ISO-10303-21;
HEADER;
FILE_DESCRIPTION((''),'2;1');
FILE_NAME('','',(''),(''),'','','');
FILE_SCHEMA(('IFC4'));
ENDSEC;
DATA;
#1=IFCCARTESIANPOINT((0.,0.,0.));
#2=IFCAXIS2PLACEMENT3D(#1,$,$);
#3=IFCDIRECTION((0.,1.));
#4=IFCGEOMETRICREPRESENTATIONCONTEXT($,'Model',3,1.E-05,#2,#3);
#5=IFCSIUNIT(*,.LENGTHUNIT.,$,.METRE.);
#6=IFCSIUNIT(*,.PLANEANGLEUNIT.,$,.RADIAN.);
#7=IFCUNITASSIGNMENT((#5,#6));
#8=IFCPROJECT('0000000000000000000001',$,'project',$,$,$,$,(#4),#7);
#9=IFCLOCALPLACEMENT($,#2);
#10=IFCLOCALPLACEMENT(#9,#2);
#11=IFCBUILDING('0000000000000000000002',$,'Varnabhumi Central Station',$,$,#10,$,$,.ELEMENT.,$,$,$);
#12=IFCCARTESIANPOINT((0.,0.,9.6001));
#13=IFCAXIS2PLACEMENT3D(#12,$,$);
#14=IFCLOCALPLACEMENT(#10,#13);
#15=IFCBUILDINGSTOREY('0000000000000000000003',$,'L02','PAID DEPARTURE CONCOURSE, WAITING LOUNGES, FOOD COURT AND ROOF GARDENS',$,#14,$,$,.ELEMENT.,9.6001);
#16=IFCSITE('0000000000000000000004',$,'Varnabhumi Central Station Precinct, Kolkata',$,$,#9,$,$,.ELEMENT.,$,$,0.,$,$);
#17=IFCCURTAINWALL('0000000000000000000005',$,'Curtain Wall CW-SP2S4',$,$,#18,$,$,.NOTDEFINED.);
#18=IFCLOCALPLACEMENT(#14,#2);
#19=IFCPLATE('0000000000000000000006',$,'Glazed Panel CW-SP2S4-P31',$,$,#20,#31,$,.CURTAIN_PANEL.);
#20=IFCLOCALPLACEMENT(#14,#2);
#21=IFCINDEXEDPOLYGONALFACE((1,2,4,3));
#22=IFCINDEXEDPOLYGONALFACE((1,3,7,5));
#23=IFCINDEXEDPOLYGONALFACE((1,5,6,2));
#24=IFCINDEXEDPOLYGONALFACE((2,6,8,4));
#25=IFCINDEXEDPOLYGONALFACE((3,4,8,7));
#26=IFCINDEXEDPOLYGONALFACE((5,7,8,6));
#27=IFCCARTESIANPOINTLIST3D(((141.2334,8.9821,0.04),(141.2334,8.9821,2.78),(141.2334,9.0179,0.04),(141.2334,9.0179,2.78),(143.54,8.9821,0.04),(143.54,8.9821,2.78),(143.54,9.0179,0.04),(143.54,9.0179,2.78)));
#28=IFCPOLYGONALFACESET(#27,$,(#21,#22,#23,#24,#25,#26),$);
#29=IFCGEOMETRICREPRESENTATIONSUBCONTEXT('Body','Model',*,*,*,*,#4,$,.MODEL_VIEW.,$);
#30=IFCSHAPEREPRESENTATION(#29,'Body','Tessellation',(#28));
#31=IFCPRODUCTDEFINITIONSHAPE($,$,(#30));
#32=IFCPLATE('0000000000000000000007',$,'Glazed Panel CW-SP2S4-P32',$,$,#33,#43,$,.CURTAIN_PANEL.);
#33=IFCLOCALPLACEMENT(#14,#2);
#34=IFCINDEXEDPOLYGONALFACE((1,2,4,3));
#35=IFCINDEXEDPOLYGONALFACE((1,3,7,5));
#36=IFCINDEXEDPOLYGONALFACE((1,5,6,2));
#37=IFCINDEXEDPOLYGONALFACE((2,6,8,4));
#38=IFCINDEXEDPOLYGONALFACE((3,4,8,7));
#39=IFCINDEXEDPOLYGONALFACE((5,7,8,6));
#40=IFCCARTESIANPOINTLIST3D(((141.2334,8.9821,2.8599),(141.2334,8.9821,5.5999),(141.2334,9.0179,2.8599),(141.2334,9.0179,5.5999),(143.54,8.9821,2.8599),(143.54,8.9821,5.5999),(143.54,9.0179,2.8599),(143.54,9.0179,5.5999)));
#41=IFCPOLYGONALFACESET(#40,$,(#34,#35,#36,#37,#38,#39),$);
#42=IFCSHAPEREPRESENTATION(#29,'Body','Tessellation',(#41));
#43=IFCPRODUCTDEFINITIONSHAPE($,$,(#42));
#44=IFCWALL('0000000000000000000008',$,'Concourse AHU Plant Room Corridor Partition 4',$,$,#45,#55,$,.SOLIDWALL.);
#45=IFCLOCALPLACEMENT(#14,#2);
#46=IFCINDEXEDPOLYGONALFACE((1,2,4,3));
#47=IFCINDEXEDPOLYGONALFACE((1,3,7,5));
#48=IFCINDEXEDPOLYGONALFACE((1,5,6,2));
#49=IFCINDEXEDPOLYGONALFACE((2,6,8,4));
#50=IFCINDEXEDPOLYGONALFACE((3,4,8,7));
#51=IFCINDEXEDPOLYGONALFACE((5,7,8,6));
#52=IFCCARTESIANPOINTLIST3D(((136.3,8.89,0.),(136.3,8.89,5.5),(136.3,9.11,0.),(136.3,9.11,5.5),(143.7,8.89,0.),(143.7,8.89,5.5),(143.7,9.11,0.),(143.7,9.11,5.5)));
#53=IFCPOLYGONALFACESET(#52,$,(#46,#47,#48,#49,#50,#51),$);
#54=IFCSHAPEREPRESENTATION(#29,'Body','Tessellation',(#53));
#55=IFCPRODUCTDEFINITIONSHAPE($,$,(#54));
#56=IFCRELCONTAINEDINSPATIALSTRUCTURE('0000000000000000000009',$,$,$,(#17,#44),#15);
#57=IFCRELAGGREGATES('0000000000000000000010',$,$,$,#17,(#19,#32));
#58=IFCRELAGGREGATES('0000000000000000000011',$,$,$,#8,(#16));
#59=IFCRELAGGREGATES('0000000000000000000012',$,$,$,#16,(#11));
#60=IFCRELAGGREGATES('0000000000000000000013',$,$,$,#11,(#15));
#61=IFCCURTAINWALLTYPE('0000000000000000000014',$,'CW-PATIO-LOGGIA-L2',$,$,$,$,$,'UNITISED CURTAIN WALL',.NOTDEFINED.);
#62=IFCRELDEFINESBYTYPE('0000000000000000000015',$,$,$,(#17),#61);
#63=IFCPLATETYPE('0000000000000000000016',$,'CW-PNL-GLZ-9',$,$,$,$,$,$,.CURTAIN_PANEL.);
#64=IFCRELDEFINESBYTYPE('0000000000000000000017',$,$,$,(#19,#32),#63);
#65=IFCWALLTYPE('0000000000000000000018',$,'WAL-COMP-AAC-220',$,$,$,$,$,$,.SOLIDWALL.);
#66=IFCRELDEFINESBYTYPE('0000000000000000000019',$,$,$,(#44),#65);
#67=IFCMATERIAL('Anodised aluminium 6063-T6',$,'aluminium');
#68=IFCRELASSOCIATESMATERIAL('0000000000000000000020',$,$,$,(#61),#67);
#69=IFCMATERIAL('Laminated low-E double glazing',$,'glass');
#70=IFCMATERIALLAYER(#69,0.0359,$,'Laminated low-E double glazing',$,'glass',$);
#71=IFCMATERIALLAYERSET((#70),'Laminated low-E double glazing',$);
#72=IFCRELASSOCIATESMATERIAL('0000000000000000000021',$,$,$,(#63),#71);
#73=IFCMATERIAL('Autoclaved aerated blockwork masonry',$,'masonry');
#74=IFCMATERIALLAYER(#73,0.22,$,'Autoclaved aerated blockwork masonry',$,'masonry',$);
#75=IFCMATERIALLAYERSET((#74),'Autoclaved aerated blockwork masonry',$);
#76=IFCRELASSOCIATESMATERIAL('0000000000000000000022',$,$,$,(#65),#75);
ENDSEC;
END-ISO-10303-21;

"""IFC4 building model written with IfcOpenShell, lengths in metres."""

from ifc_helpers import new_model, si_unit, direction, frame, frame_2d, origin, origin_2d, place, context, subcontext, project, spatial, rectangle, extrude, material, layer, layer_set, type_object, element, aggregate, save


model = new_model("IFC4")

# Units and contexts
model_context = context("Model", 3, precision=1e-05, world=origin(), true_north=direction((0.0, 1.0)))
body_context = subcontext(model_context, "Body", "Model", "MODEL_VIEW")
ifc_project = project(units=[si_unit("LENGTHUNIT", "METRE"), si_unit("PLANEANGLEUNIT", "RADIAN")], contexts=[model_context])

# Site, building, storey
site_placement = place(None, origin())
site = spatial("IfcSite", under=ifc_project, at=site_placement, Name="Varnabhumi Central Station Precinct, Kolkata", CompositionType="ELEMENT", RefElevation=0.0)
building_placement = place(site_placement, origin())
building = spatial("IfcBuilding", under=site, at=building_placement, Name="Varnabhumi Central Station", CompositionType="ELEMENT")
storey_placement = place(building_placement, frame((0.0, 0.0, 9.6001)))
storey = spatial("IfcBuildingStorey", under=building, at=storey_placement, Name="L02", Description="PAID DEPARTURE CONCOURSE, WAITING LOUNGES, FOOD COURT AND ROOF GARDENS", CompositionType="ELEMENT", Elevation=9.6001)

# Shared definitions
ifc_material_1 = material(Name="Anodised aluminium 6063-T6", Category="aluminium")
curtain_wall_type = type_object("IfcCurtainWallType", Name="CW-PATIO-LOGGIA-L2", ElementType="UNITISED CURTAIN WALL", PredefinedType="NOTDEFINED", material=ifc_material_1)

# Curtain wall
curtain_wall_1_placement = place(storey_placement, origin())
curtain_wall_1 = element("IfcCurtainWall", 1, at=curtain_wall_1_placement, inside=storey, type_object=curtain_wall_type, Name="Curtain Wall CW-SP2S4", PredefinedType="NOTDEFINED")

# Plates
ifc_material_2 = material(Name="Laminated low-E double glazing", Category="glass")
ifc_layer_1 = layer(ifc_material_2, 0.0359, Name="Laminated low-E double glazing", Category="glass")
ifc_layer_set_1 = layer_set([ifc_layer_1], Name="Laminated low-E double glazing")
plate_type = type_object("IfcPlateType", Name="CW-PNL-GLZ-9", PredefinedType="CURTAIN_PANEL", material=ifc_layer_set_1)
plate_1_placement = place(storey_placement, frame((142.3867, 9.0, 0.04), z_axis=(0.0, 0.0, 1.0), x_axis=(1.0, 0.0, 0.0)))
plate_1 = element("IfcPlate", 2, at=plate_1_placement, type_object=plate_type, Name="Glazed Panel CW-SP2S4-P31", PredefinedType="CURTAIN_PANEL", context=body_context, shape_type="SweptSolid", body=[
    extrude(rectangle(XDim=2.3066, YDim=0.0359, at=origin_2d()), origin(), (0.0, 0.0, 1.0), 2.74),
])
plate_2_placement = place(storey_placement, frame((142.3867, 9.0, 2.8599), z_axis=(0.0, 0.0, 1.0), x_axis=(1.0, 0.0, 0.0)))
plate_2 = element("IfcPlate", 3, at=plate_2_placement, type_object=plate_type, Name="Glazed Panel CW-SP2S4-P32", PredefinedType="CURTAIN_PANEL", context=body_context, shape_type="SweptSolid", body=[
    extrude(rectangle(XDim=2.3066, YDim=0.0359, at=origin_2d()), origin(), (0.0, 0.0, 1.0), 2.74),
])
aggregate(curtain_wall_1, [plate_1, plate_2])

# Wall
ifc_material_3 = material(Name="Autoclaved aerated blockwork masonry", Category="masonry")
ifc_layer_2 = layer(ifc_material_3, 0.22, Name="Autoclaved aerated blockwork masonry", Category="masonry")
ifc_layer_set_2 = layer_set([ifc_layer_2], Name="Autoclaved aerated blockwork masonry")
wall_type = type_object("IfcWallType", Name="WAL-COMP-AAC-220", PredefinedType="SOLIDWALL", material=ifc_layer_set_2)
wall_placement = place(storey_placement, frame((136.3, 9.0, 0.0), z_axis=(0.0, 0.0, 1.0), x_axis=(1.0, 0.0, 0.0)))
element("IfcWall", 4, at=wall_placement, inside=storey, type_object=wall_type, Name="Concourse AHU Plant Room Corridor Partition 4", PredefinedType="SOLIDWALL", context=body_context, shape_type="SweptSolid", body=[
    extrude(rectangle(XDim=7.3999, YDim=0.22, at=frame_2d((3.7, 0.0))), origin(), (0.0, 0.0, 1.0), 5.5),
])

save(model, "model.ifc")
